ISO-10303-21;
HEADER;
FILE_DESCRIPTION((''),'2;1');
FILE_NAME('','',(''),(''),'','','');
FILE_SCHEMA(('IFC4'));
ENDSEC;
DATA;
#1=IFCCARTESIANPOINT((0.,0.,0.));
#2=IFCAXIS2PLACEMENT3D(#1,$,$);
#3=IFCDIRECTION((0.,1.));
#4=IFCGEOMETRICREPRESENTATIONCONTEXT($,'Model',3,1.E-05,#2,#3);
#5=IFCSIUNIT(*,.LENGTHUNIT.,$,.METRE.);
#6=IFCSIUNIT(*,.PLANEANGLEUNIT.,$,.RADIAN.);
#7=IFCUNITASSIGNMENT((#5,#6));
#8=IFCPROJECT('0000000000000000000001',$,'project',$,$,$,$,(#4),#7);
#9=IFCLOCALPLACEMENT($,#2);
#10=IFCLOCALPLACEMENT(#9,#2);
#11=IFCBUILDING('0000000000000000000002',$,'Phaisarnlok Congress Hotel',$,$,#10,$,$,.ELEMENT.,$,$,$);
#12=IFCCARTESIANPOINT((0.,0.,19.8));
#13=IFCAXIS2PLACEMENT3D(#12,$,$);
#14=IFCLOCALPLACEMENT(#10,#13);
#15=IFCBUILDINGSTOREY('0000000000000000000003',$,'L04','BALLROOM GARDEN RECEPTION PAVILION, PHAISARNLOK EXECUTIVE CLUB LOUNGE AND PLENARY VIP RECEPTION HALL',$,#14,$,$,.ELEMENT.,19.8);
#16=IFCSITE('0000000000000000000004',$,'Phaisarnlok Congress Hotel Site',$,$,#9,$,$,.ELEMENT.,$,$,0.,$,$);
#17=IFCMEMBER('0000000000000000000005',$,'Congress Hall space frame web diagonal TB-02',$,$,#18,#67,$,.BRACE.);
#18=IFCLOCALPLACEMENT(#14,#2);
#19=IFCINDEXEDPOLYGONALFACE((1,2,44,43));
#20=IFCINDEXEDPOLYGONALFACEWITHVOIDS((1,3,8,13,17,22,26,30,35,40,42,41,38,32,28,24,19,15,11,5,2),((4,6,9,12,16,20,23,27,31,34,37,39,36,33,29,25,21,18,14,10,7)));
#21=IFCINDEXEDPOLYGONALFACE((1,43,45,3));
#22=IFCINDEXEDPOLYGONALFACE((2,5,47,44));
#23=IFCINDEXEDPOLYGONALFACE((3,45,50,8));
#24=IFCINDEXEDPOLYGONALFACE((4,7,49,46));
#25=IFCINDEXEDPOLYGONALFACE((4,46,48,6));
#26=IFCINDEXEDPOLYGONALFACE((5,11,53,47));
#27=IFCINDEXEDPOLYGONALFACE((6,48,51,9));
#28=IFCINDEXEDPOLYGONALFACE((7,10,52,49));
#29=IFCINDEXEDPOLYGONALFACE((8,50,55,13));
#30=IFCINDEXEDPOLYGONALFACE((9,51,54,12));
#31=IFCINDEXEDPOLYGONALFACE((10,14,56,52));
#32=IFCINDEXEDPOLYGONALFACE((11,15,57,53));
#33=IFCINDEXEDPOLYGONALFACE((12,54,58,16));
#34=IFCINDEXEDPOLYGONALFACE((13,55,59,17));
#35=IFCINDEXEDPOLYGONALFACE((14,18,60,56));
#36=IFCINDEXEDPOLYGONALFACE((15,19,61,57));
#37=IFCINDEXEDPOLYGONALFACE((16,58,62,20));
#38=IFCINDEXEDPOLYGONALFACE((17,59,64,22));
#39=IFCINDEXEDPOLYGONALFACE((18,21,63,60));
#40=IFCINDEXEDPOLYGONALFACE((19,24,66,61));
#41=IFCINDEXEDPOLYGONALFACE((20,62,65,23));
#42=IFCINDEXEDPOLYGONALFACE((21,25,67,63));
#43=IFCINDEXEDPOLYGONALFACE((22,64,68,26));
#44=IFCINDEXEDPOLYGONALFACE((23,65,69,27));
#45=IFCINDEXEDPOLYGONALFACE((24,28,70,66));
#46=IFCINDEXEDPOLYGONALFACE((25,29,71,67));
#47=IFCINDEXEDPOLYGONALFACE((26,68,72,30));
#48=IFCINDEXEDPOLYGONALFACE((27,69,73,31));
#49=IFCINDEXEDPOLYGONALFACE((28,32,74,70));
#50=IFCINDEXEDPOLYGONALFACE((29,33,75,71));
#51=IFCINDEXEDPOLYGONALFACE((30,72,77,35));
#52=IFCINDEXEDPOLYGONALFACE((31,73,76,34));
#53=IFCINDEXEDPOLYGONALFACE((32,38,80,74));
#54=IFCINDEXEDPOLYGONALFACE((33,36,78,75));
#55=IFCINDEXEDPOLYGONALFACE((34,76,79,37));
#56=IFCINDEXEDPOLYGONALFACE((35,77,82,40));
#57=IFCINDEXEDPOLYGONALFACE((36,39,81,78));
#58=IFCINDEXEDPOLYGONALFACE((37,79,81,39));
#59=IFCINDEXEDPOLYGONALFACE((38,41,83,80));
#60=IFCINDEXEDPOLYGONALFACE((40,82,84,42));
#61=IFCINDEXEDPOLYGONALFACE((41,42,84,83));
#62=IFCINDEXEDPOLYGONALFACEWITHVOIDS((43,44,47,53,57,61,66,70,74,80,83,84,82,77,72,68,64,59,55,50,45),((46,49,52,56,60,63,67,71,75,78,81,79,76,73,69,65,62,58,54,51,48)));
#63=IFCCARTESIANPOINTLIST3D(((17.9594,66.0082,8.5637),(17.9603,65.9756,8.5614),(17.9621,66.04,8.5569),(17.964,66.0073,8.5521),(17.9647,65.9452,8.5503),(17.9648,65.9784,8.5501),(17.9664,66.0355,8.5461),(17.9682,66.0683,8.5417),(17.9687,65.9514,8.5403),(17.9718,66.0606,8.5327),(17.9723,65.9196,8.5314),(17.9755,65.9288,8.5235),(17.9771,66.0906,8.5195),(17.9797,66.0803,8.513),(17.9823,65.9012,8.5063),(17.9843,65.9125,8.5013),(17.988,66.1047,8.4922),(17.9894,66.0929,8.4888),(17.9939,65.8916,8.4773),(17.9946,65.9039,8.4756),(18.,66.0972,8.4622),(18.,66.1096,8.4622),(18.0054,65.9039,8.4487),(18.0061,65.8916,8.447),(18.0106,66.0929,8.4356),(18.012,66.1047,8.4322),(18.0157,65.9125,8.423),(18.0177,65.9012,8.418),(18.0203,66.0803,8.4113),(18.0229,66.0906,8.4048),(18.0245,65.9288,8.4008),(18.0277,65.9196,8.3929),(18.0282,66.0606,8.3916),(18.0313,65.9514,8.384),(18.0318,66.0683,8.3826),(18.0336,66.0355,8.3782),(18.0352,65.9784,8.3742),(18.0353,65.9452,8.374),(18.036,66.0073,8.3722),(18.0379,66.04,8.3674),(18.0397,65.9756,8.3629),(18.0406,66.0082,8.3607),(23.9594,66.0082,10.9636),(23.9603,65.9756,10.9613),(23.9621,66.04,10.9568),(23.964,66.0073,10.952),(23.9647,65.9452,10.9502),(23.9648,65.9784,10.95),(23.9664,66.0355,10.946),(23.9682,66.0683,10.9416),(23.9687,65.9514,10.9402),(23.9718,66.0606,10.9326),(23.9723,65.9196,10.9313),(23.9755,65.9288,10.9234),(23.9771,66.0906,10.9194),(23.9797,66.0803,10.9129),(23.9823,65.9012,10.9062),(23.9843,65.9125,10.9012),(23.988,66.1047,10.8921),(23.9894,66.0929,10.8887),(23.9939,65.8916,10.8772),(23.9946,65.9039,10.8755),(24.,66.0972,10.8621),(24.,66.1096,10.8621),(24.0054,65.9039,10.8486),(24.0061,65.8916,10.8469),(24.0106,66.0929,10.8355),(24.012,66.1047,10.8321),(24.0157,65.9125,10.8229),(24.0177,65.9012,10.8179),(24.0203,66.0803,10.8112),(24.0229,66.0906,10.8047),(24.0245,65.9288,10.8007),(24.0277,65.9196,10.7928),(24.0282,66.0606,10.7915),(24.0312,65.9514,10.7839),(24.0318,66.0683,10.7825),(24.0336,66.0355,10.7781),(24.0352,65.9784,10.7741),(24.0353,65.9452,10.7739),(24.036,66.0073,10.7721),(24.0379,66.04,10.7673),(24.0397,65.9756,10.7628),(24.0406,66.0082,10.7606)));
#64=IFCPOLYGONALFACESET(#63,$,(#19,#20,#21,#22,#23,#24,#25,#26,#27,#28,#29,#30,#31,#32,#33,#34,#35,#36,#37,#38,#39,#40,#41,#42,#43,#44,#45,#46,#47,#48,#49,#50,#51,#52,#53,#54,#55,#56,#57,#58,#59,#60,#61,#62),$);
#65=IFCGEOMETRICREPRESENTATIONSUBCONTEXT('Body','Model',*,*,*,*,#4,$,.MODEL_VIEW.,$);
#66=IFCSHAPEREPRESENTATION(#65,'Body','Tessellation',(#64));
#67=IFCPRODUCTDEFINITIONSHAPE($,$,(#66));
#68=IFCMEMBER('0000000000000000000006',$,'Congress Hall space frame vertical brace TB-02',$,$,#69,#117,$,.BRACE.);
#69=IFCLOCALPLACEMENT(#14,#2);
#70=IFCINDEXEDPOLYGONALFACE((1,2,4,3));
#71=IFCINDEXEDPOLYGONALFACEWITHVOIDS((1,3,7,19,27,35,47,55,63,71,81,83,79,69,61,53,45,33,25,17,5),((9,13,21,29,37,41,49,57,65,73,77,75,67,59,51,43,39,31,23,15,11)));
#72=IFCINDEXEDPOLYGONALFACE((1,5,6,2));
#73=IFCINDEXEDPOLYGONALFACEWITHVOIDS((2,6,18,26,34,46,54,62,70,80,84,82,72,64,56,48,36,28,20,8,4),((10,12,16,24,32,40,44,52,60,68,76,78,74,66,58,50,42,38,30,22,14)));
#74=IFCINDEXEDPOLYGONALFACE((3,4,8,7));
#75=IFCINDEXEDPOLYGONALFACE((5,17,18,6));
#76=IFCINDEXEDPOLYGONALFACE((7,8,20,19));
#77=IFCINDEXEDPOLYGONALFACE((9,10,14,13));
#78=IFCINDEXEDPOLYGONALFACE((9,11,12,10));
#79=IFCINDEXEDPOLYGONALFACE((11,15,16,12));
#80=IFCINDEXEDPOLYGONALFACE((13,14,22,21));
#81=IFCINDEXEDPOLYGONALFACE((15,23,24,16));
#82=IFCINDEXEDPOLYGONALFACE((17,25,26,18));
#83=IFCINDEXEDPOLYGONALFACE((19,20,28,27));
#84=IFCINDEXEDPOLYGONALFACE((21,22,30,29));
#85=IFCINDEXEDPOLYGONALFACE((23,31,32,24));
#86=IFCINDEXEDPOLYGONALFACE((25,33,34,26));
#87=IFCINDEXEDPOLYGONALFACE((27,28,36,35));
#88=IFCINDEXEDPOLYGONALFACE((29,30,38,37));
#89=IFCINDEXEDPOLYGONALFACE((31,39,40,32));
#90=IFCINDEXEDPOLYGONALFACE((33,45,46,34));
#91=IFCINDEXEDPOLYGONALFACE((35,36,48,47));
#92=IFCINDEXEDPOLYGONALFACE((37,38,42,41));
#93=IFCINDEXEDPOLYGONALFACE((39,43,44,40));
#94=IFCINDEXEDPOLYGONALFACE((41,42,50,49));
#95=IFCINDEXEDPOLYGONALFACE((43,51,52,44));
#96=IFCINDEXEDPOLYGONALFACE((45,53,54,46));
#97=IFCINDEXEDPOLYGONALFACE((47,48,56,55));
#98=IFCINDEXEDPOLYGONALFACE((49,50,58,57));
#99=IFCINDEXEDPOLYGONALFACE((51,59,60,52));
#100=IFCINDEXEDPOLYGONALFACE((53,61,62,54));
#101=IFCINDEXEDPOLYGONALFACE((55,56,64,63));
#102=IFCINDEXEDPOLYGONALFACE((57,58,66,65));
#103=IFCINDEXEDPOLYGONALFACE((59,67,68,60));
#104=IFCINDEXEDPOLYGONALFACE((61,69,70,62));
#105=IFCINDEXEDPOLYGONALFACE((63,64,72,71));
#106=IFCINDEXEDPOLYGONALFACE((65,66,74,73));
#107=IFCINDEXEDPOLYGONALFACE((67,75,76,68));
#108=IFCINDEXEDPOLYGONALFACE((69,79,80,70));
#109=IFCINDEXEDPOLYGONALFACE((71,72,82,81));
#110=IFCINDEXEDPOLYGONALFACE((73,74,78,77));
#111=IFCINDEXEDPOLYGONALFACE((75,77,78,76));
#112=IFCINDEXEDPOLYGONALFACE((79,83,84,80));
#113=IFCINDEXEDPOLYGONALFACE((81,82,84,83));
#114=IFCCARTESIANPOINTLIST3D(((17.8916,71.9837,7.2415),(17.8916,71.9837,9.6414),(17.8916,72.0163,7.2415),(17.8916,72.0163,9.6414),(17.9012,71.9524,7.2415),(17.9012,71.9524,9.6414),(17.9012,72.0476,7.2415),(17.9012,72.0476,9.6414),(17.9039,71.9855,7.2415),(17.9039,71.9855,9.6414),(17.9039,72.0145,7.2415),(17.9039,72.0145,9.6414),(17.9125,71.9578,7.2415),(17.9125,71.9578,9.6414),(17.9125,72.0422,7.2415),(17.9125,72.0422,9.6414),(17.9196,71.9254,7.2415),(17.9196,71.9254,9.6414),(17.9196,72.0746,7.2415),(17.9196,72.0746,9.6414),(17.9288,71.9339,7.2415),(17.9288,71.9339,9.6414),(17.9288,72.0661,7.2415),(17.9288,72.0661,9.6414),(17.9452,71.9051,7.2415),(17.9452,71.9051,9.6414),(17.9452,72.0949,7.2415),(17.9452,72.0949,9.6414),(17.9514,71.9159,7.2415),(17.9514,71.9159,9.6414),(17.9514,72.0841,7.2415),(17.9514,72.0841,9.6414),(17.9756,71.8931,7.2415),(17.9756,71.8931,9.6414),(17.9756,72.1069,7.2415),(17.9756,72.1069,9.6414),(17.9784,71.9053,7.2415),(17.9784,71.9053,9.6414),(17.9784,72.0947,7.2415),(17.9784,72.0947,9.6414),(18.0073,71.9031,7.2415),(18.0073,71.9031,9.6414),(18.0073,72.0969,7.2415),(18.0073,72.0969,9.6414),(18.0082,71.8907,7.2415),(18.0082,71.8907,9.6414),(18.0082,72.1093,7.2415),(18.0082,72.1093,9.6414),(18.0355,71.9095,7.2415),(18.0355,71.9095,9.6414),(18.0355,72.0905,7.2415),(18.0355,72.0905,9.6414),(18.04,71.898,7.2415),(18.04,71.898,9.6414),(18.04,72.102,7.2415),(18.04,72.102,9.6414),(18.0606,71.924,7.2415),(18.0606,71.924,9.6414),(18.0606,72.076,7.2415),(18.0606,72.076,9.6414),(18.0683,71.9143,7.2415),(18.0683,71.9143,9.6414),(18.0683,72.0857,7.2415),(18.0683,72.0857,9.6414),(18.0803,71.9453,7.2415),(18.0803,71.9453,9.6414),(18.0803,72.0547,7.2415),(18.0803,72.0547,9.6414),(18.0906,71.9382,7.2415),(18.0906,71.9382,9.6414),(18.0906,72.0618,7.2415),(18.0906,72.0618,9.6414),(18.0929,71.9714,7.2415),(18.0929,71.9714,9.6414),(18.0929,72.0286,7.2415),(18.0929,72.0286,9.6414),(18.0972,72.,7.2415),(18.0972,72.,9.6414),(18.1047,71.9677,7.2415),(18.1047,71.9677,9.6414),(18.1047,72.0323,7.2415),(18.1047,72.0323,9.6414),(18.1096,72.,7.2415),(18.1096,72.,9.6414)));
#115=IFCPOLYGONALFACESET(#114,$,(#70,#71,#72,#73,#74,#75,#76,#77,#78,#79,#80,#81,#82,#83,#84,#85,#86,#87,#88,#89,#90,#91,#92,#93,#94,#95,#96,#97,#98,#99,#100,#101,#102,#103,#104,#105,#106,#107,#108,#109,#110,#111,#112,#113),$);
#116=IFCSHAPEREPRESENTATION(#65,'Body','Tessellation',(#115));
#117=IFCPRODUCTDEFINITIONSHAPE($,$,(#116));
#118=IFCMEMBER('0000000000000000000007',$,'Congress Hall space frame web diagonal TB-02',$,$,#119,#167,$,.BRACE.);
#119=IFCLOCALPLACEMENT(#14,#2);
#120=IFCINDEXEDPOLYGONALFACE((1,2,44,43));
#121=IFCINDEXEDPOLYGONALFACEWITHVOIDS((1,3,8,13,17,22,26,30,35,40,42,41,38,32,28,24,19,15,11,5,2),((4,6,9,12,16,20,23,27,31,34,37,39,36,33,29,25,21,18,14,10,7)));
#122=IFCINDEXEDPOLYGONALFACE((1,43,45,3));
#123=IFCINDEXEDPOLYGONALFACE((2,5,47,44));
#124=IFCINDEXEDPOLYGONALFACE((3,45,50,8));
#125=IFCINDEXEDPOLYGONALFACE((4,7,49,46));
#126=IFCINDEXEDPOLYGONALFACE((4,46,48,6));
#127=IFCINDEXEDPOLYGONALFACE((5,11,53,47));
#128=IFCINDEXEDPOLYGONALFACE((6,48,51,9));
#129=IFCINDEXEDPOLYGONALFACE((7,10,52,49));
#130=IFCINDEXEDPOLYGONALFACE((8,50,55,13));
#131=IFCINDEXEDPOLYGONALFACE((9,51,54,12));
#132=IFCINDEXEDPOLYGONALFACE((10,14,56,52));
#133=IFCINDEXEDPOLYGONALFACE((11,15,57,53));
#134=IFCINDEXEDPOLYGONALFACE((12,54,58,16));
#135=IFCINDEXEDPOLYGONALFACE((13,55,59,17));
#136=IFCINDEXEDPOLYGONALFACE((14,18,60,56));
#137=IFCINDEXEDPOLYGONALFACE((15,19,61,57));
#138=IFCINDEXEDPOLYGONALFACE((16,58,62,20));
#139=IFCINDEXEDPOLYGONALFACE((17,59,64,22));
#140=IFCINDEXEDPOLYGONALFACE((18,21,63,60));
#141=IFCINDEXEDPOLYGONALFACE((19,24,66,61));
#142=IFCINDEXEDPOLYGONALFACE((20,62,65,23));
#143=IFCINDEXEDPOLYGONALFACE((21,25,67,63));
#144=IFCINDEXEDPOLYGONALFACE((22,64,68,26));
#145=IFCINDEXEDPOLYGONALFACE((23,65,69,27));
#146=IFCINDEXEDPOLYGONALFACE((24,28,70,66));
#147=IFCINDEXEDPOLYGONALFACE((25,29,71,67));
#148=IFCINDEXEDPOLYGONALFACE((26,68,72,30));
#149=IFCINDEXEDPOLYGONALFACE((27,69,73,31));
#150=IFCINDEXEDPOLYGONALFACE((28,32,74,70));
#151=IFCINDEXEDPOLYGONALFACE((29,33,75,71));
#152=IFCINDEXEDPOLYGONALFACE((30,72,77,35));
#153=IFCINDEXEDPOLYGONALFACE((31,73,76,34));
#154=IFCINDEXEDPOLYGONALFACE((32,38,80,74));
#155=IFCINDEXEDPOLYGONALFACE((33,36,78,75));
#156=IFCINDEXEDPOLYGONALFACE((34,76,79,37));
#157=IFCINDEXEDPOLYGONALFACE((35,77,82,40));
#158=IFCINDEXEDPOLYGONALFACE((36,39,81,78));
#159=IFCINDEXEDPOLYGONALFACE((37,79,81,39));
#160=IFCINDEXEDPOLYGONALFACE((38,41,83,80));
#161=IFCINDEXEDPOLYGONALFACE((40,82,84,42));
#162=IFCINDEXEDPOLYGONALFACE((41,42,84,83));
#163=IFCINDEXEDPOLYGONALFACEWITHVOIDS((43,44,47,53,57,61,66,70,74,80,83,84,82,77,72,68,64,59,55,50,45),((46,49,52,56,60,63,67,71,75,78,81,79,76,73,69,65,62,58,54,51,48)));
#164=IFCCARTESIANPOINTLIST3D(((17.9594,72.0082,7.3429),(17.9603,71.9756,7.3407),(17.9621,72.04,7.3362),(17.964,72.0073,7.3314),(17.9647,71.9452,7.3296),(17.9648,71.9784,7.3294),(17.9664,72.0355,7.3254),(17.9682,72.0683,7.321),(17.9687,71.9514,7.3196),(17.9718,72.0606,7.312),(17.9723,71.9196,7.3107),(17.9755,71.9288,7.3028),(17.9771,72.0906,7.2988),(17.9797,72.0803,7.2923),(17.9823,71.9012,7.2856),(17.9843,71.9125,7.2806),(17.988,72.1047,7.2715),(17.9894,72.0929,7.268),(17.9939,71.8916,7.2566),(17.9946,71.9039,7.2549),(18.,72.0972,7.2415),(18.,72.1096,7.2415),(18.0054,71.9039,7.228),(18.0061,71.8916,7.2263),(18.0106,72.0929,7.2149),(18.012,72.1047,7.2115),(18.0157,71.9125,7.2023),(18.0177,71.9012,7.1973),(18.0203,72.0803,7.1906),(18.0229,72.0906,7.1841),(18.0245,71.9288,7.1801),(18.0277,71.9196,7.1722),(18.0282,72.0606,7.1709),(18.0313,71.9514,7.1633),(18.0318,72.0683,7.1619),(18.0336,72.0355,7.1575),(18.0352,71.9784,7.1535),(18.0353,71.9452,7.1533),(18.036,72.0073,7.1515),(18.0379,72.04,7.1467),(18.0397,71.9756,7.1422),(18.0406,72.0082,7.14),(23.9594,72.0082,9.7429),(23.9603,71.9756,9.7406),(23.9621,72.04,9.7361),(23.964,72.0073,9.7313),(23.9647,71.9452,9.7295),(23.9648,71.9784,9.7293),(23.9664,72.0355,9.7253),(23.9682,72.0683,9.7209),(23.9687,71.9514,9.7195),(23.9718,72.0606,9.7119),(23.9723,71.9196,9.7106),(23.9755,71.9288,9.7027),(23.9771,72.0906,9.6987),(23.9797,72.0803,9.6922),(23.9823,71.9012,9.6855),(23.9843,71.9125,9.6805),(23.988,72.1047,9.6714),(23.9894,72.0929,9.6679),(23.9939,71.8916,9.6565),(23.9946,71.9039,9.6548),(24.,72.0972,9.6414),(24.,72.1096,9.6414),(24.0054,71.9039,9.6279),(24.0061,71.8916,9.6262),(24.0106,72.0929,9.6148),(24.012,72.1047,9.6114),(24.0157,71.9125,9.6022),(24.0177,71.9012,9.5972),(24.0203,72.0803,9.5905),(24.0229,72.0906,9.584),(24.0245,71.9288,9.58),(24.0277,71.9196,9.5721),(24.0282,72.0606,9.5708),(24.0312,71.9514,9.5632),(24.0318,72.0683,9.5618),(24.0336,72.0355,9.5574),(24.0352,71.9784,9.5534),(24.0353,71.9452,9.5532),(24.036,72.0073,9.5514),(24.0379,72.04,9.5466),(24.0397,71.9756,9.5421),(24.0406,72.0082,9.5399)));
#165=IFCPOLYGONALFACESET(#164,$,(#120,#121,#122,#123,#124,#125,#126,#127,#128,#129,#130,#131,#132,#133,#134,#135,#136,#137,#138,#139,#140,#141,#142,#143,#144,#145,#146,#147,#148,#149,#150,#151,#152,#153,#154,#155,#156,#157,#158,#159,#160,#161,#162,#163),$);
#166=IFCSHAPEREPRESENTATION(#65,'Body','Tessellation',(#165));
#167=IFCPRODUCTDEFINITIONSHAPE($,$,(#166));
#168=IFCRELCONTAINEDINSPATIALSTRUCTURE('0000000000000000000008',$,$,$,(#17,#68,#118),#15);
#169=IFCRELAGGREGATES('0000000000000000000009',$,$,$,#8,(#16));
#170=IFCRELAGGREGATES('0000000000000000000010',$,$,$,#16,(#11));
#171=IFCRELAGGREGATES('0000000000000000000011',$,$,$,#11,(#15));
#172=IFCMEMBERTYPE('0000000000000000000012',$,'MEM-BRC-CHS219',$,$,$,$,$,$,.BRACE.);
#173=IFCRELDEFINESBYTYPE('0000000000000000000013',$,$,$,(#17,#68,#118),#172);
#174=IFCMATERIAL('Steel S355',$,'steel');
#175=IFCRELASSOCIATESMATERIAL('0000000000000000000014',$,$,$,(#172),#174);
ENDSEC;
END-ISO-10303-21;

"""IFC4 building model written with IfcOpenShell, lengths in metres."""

from ifc_helpers import new_model, si_unit, direction, frame, origin, origin_2d, place, context, subcontext, project, spatial, hollow_circle, extrude, material, material_profile, profile_set, type_object, element, save


model = new_model("IFC4")

# Units and contexts
model_context = context("Model", 3, precision=1e-05, world=origin(), true_north=direction((0.0, 1.0)))
body_context = subcontext(model_context, "Body", "Model", "MODEL_VIEW")
ifc_project = project(units=[si_unit("LENGTHUNIT", "METRE"), si_unit("PLANEANGLEUNIT", "RADIAN")], contexts=[model_context])

# Site, building, storey
site_placement = place(None, origin())
site = spatial("IfcSite", under=ifc_project, at=site_placement, Name="Phaisarnlok Congress Hotel Site", CompositionType="ELEMENT", RefElevation=0.0)
building_placement = place(site_placement, origin())
building = spatial("IfcBuilding", under=site, at=building_placement, Name="Phaisarnlok Congress Hotel", CompositionType="ELEMENT")
storey_placement = place(building_placement, frame((0.0, 0.0, 19.8)))
storey = spatial("IfcBuildingStorey", under=building, at=storey_placement, Name="L04", Description="BALLROOM GARDEN RECEPTION PAVILION, PHAISARNLOK EXECUTIVE CLUB LOUNGE AND PLENARY VIP RECEPTION HALL", CompositionType="ELEMENT", Elevation=19.8)

# Members
ifc_material = material(Name="Steel S355", Category="steel")
ifc_material_profile_1 = material_profile(ifc_material, hollow_circle(Radius=0.1096, WallThickness=0.0125, at=origin_2d()), Name="CHS 219.1x12.5")
ifc_profile_set_1 = profile_set([ifc_material_profile_1], Name="Steel S355")
member_type_1 = type_object("IfcMemberType", Name="MEM-BRC-CHS219", PredefinedType="BRACE", material=ifc_profile_set_1)
member_1_placement = place(storey_placement, frame((18.0, 66.0, 8.4622), z_axis=(0.928482, 0.0, 0.371378), x_axis=(0.0, 1.0, 0.0)))
element("IfcMember", 1, at=member_1_placement, inside=storey, type_object=member_type_1, Name="Congress Hall space frame web diagonal TB-02", PredefinedType="BRACE", context=body_context, shape_type="SweptSolid", body=[
    extrude(hollow_circle(Radius=0.1096, WallThickness=0.0125, at=origin_2d()), origin(), (0.0, 0.0, 1.0), 6.4622),
])
member_2_placement = place(storey_placement, frame((18.0, 72.0, 7.2415), z_axis=(0.0, 0.0, 1.0), x_axis=(1.0, 0.0, 0.0)))
element("IfcMember", 2, at=member_2_placement, inside=storey, type_object=member_type_1, Name="Congress Hall space frame vertical brace TB-02", PredefinedType="BRACE", context=body_context, shape_type="SweptSolid", body=[
    extrude(hollow_circle(Radius=0.1096, WallThickness=0.0125, at=origin_2d()), origin(), (0.0, 0.0, 1.0), 2.3999),
])
member_3_placement = place(storey_placement, frame((18.0, 72.0, 7.2415), z_axis=(0.928482, 0.0, 0.371378), x_axis=(0.0, 1.0, 0.0)))
element("IfcMember", 3, at=member_3_placement, inside=storey, type_object=member_type_1, Name="Congress Hall space frame web diagonal TB-02", PredefinedType="BRACE", context=body_context, shape_type="SweptSolid", body=[
    extrude(hollow_circle(Radius=0.1096, WallThickness=0.0125, at=origin_2d()), origin(), (0.0, 0.0, 1.0), 6.4622),
])

save(model, "model.ifc")
